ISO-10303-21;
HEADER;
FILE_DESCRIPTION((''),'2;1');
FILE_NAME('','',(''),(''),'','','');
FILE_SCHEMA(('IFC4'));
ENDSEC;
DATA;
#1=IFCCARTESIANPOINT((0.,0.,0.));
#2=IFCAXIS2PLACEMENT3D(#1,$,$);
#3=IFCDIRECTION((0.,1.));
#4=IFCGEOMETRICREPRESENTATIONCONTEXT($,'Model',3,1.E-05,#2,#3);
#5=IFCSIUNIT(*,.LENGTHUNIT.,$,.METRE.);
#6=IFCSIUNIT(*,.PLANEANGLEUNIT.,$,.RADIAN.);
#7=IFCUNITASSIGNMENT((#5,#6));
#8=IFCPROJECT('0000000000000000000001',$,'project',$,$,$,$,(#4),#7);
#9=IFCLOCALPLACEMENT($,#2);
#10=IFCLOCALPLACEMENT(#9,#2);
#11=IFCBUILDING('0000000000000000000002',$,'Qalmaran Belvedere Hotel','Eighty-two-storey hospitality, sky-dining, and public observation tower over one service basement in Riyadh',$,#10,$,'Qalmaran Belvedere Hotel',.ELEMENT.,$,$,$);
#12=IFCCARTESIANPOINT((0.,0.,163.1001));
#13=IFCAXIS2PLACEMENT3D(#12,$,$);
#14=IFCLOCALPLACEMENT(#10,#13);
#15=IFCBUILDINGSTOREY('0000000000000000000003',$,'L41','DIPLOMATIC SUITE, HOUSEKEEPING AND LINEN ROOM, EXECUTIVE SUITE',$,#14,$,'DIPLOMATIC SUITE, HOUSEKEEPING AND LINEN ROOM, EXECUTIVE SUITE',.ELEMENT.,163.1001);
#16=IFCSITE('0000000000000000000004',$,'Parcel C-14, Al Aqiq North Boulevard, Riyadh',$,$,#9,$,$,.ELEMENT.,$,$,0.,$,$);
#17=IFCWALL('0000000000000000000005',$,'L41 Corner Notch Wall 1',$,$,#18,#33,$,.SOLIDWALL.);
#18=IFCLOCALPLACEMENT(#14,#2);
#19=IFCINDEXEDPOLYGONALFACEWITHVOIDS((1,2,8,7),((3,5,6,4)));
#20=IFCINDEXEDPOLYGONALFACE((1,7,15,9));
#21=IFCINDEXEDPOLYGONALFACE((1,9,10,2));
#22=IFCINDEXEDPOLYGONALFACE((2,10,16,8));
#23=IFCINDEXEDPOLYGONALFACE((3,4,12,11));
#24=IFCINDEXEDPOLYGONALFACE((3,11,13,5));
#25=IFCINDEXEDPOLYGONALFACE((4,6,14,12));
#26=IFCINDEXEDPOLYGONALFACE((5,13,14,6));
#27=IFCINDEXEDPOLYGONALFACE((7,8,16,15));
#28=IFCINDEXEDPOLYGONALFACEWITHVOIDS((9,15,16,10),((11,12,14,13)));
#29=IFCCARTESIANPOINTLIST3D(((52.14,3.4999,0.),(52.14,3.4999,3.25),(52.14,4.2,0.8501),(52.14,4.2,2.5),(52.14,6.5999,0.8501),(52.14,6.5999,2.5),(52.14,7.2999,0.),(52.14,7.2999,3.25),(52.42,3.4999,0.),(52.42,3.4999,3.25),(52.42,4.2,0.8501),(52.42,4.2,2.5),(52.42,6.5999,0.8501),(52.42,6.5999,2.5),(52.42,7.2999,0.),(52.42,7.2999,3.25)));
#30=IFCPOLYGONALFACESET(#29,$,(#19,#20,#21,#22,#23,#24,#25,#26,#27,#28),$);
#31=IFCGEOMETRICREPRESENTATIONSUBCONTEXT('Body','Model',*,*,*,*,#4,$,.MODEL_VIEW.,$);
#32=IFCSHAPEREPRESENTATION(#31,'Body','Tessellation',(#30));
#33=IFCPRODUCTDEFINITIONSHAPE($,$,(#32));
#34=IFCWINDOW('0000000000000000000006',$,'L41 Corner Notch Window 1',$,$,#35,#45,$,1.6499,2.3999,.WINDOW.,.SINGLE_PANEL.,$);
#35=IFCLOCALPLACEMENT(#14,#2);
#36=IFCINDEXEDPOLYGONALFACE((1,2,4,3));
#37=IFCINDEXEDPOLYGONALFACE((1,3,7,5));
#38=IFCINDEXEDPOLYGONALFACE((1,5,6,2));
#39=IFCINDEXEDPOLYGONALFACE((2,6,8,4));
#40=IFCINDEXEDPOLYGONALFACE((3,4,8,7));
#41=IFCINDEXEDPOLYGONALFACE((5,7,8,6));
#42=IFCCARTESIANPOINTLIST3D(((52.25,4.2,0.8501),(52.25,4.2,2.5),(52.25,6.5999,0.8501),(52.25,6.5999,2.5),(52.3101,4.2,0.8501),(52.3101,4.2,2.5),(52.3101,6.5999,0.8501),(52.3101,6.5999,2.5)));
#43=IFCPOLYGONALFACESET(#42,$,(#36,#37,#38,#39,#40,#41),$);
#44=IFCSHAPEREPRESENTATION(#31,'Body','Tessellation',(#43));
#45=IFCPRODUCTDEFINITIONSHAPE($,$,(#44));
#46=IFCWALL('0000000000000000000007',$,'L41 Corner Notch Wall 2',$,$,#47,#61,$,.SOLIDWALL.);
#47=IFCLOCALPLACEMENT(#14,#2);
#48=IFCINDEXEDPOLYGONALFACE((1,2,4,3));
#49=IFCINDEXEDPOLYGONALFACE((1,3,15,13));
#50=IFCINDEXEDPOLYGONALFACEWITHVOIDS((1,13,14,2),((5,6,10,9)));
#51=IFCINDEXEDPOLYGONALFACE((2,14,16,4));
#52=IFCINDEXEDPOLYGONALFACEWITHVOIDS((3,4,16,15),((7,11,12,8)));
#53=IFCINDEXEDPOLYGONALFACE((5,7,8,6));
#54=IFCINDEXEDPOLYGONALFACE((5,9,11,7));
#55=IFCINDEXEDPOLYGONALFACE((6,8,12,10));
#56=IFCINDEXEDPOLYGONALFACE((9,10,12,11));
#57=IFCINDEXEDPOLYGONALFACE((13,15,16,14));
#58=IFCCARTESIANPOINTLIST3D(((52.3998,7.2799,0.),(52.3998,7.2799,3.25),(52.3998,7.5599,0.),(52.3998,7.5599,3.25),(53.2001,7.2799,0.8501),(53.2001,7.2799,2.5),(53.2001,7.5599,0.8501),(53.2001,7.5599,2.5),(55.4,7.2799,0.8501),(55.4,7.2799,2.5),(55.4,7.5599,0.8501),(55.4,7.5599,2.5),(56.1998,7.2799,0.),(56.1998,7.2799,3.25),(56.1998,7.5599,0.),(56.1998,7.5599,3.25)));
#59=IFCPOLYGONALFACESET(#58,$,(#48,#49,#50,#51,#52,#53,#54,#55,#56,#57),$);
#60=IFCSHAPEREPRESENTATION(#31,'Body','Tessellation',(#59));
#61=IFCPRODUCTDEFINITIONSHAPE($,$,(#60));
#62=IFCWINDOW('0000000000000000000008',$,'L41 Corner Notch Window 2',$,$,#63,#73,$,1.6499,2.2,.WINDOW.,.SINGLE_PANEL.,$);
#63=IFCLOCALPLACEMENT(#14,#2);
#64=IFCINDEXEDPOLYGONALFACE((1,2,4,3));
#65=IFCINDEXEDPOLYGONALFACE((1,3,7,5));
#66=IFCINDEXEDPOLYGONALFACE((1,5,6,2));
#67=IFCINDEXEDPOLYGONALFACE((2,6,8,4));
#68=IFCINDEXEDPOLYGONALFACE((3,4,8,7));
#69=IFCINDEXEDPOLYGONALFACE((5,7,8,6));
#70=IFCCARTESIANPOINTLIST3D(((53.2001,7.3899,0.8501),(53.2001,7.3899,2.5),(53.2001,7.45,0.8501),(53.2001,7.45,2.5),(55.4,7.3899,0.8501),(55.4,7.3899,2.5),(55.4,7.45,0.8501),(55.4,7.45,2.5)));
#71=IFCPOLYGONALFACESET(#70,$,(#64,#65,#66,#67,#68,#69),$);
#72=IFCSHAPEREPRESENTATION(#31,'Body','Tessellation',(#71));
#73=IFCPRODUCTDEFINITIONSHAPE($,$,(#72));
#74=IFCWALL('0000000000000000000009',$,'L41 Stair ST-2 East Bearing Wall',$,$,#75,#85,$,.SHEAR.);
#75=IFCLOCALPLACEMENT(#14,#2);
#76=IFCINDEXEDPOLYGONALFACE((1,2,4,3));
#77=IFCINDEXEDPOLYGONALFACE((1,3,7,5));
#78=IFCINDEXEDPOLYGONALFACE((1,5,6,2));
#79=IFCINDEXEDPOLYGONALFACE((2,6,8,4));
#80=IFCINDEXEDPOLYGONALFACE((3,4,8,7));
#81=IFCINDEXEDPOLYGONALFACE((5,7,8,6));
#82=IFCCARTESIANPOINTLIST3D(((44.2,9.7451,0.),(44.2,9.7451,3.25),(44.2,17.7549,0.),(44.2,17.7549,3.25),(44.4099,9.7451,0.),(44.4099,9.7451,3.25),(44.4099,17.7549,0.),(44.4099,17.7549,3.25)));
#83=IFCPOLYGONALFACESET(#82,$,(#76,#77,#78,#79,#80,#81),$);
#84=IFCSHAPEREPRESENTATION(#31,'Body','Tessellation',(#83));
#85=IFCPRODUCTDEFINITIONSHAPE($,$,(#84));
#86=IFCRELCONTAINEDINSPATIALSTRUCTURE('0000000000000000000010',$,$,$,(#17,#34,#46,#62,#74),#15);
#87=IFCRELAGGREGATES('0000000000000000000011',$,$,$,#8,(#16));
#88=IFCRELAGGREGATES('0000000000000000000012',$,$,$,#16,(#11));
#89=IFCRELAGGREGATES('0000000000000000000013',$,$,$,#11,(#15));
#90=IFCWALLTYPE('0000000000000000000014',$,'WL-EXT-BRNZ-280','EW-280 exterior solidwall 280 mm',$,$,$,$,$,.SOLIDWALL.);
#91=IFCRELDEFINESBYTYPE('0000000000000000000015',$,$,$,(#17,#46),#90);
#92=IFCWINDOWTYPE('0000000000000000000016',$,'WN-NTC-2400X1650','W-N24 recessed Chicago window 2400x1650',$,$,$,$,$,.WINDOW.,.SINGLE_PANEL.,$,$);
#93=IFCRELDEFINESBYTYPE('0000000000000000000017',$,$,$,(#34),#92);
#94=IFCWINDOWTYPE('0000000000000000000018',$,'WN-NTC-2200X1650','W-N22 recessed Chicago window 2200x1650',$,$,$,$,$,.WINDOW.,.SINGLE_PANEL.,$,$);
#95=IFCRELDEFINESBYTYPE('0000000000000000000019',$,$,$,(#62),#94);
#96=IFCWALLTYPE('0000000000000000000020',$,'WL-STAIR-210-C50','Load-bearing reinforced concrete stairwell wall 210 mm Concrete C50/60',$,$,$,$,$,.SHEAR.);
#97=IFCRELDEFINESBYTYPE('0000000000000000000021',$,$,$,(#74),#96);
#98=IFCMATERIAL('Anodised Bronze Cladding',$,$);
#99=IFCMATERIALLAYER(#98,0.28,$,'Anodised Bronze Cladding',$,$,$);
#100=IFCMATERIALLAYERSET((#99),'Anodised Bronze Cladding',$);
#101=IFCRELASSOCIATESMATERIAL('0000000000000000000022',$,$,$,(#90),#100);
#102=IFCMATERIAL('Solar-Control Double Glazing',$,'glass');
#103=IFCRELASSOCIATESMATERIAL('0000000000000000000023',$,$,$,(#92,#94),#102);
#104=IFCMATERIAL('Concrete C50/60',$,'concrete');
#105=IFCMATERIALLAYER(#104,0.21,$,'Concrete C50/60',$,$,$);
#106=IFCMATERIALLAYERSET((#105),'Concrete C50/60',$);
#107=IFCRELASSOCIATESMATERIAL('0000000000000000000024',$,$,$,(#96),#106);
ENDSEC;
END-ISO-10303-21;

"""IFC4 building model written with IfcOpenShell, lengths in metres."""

from ifc_helpers import new_model, si_unit, direction, frame, frame_2d, origin, place, context, subcontext, project, spatial, rectangle, extrude, material, layer, layer_set, type_object, element, fill, save


model = new_model("IFC4")

# Units and contexts
model_context = context("Model", 3, precision=1e-05, world=origin(), true_north=direction((0.0, 1.0)))
body_context = subcontext(model_context, "Body", "Model", "MODEL_VIEW")
ifc_project = project(units=[si_unit("LENGTHUNIT", "METRE"), si_unit("PLANEANGLEUNIT", "RADIAN")], contexts=[model_context])

# Site, building, storey
site_placement = place(None, origin())
site = spatial("IfcSite", under=ifc_project, at=site_placement, Name="Parcel C-14, Al Aqiq North Boulevard, Riyadh", CompositionType="ELEMENT", RefElevation=0.0)
building_placement = place(site_placement, origin())
building = spatial("IfcBuilding", under=site, at=building_placement, Name="Qalmaran Belvedere Hotel", Description="Eighty-two-storey hospitality, sky-dining, and public observation tower over one service basement in Riyadh", LongName="Qalmaran Belvedere Hotel", CompositionType="ELEMENT")
storey_placement = place(building_placement, frame((0.0, 0.0, 163.1001)))
storey = spatial("IfcBuildingStorey", under=building, at=storey_placement, Name="L41", Description="DIPLOMATIC SUITE, HOUSEKEEPING AND LINEN ROOM, EXECUTIVE SUITE", LongName="DIPLOMATIC SUITE, HOUSEKEEPING AND LINEN ROOM, EXECUTIVE SUITE", CompositionType="ELEMENT", Elevation=163.1001)

# Shared definitions
ifc_material_1 = material(Name="Concrete C50/60", Category="concrete")

# Shared definitions
ifc_material_2 = material(Name="Solar-Control Double Glazing", Category="glass")

# Walls, openings, windows
ifc_material_3 = material(Name="Anodised Bronze Cladding")
ifc_layer_1 = layer(ifc_material_3, 0.28, Name="Anodised Bronze Cladding")
ifc_layer_set_1 = layer_set([ifc_layer_1], Name="Anodised Bronze Cladding")
wall_type_1 = type_object("IfcWallType", Name="WL-EXT-BRNZ-280", Description="EW-280 exterior solidwall 280 mm", PredefinedType="SOLIDWALL", material=ifc_layer_set_1)
wall_1_placement = place(storey_placement, frame((52.28, 3.5, 0.0), z_axis=(0.0, 0.0, 1.0), x_axis=(0.0, 1.0, 0.0)))
wall_1 = element("IfcWall", 1, at=wall_1_placement, inside=storey, type_object=wall_type_1, Name="L41 Corner Notch Wall 1", PredefinedType="SOLIDWALL", context=body_context, shape_type="SweptSolid", body=[
    extrude(rectangle(XDim=3.8, YDim=0.28, at=frame_2d((1.8999, 0.0))), origin(), (0.0, 0.0, 1.0), 3.25),
])
opening_1_placement = place(wall_1_placement, frame((0.7, 0.0, 0.8501)))
opening_1 = element("IfcOpeningElement", 2, at=opening_1_placement, cuts=wall_1, PredefinedType="OPENING", context=body_context, shape_type="SweptSolid", body=[
    extrude(rectangle(XDim=2.3999, YDim=1.6499, at=frame_2d((1.2, 0.825))), frame((0.0, 0.1499, 0.0), z_axis=(0.0, -1.0, 0.0), x_axis=(1.0, 0.0, 0.0)), (0.0, 0.0, 1.0), 0.3),
])
window_type_1 = type_object("IfcWindowType", Name="WN-NTC-2400X1650", Description="W-N24 recessed Chicago window 2400x1650", PartitioningType="SINGLE_PANEL", PredefinedType="WINDOW", material=ifc_material_2)
window_1_placement = place(opening_1_placement, origin())
window_1 = element("IfcWindow", 3, at=window_1_placement, inside=storey, type_object=window_type_1, Name="L41 Corner Notch Window 1", OverallHeight=1.6499, OverallWidth=2.3999, PartitioningType="SINGLE_PANEL", PredefinedType="WINDOW", context=body_context, shape_type="SweptSolid", body=[
    extrude(rectangle(XDim=2.3999, YDim=1.6499, at=frame_2d((1.2, 0.825))), frame((0.0, 0.03, 0.0), z_axis=(0.0, -1.0, 0.0), x_axis=(1.0, 0.0, 0.0)), (0.0, 0.0, 1.0), 0.0601),
])
fill(opening_1, window_1)
wall_2_placement = place(storey_placement, frame((52.3999, 7.4199, 0.0), z_axis=(0.0, 0.0, 1.0), x_axis=(1.0, 0.0, 0.0)))
wall_2 = element("IfcWall", 4, at=wall_2_placement, inside=storey, type_object=wall_type_1, Name="L41 Corner Notch Wall 2", PredefinedType="SOLIDWALL", context=body_context, shape_type="SweptSolid", body=[
    extrude(rectangle(XDim=3.8, YDim=0.28, at=frame_2d((1.8999, 0.0))), origin(), (0.0, 0.0, 1.0), 3.25),
])
opening_2_placement = place(wall_2_placement, frame((0.8, 0.0, 0.8501)))
opening_2 = element("IfcOpeningElement", 5, at=opening_2_placement, cuts=wall_2, PredefinedType="OPENING", context=body_context, shape_type="SweptSolid", body=[
    extrude(rectangle(XDim=2.2, YDim=1.6499, at=frame_2d((1.1001, 0.825))), frame((0.0, 0.1499, 0.0), z_axis=(0.0, -1.0, 0.0), x_axis=(1.0, 0.0, 0.0)), (0.0, 0.0, 1.0), 0.3),
])
window_type_2 = type_object("IfcWindowType", Name="WN-NTC-2200X1650", Description="W-N22 recessed Chicago window 2200x1650", PartitioningType="SINGLE_PANEL", PredefinedType="WINDOW", material=ifc_material_2)
window_2_placement = place(opening_2_placement, origin())
window_2 = element("IfcWindow", 6, at=window_2_placement, inside=storey, type_object=window_type_2, Name="L41 Corner Notch Window 2", OverallHeight=1.6499, OverallWidth=2.2, PartitioningType="SINGLE_PANEL", PredefinedType="WINDOW", context=body_context, shape_type="SweptSolid", body=[
    extrude(rectangle(XDim=2.2, YDim=1.6499, at=frame_2d((1.1001, 0.825))), frame((0.0, 0.03, 0.0), z_axis=(0.0, -1.0, 0.0), x_axis=(1.0, 0.0, 0.0)), (0.0, 0.0, 1.0), 0.0601),
])
fill(opening_2, window_2)

# Wall
ifc_layer_2 = layer(ifc_material_1, 0.21, Name="Concrete C50/60")
ifc_layer_set_2 = layer_set([ifc_layer_2], Name="Concrete C50/60")
wall_type_2 = type_object("IfcWallType", Name="WL-STAIR-210-C50", Description="Load-bearing reinforced concrete stairwell wall 210 mm Concrete C50/60", PredefinedType="SHEAR", material=ifc_layer_set_2)
wall_3_placement = place(storey_placement, frame((44.3049, 9.7451, 0.0), z_axis=(0.0, 0.0, 1.0), x_axis=(0.0, 1.0, 0.0)))
element("IfcWall", 7, at=wall_3_placement, inside=storey, type_object=wall_type_2, Name="L41 Stair ST-2 East Bearing Wall", PredefinedType="SHEAR", context=body_context, shape_type="SweptSolid", body=[
    extrude(rectangle(XDim=8.0098, YDim=0.21, at=frame_2d((4.0049, 0.0))), origin(), (0.0, 0.0, 1.0), 3.25),
])

save(model, "model.ifc")
